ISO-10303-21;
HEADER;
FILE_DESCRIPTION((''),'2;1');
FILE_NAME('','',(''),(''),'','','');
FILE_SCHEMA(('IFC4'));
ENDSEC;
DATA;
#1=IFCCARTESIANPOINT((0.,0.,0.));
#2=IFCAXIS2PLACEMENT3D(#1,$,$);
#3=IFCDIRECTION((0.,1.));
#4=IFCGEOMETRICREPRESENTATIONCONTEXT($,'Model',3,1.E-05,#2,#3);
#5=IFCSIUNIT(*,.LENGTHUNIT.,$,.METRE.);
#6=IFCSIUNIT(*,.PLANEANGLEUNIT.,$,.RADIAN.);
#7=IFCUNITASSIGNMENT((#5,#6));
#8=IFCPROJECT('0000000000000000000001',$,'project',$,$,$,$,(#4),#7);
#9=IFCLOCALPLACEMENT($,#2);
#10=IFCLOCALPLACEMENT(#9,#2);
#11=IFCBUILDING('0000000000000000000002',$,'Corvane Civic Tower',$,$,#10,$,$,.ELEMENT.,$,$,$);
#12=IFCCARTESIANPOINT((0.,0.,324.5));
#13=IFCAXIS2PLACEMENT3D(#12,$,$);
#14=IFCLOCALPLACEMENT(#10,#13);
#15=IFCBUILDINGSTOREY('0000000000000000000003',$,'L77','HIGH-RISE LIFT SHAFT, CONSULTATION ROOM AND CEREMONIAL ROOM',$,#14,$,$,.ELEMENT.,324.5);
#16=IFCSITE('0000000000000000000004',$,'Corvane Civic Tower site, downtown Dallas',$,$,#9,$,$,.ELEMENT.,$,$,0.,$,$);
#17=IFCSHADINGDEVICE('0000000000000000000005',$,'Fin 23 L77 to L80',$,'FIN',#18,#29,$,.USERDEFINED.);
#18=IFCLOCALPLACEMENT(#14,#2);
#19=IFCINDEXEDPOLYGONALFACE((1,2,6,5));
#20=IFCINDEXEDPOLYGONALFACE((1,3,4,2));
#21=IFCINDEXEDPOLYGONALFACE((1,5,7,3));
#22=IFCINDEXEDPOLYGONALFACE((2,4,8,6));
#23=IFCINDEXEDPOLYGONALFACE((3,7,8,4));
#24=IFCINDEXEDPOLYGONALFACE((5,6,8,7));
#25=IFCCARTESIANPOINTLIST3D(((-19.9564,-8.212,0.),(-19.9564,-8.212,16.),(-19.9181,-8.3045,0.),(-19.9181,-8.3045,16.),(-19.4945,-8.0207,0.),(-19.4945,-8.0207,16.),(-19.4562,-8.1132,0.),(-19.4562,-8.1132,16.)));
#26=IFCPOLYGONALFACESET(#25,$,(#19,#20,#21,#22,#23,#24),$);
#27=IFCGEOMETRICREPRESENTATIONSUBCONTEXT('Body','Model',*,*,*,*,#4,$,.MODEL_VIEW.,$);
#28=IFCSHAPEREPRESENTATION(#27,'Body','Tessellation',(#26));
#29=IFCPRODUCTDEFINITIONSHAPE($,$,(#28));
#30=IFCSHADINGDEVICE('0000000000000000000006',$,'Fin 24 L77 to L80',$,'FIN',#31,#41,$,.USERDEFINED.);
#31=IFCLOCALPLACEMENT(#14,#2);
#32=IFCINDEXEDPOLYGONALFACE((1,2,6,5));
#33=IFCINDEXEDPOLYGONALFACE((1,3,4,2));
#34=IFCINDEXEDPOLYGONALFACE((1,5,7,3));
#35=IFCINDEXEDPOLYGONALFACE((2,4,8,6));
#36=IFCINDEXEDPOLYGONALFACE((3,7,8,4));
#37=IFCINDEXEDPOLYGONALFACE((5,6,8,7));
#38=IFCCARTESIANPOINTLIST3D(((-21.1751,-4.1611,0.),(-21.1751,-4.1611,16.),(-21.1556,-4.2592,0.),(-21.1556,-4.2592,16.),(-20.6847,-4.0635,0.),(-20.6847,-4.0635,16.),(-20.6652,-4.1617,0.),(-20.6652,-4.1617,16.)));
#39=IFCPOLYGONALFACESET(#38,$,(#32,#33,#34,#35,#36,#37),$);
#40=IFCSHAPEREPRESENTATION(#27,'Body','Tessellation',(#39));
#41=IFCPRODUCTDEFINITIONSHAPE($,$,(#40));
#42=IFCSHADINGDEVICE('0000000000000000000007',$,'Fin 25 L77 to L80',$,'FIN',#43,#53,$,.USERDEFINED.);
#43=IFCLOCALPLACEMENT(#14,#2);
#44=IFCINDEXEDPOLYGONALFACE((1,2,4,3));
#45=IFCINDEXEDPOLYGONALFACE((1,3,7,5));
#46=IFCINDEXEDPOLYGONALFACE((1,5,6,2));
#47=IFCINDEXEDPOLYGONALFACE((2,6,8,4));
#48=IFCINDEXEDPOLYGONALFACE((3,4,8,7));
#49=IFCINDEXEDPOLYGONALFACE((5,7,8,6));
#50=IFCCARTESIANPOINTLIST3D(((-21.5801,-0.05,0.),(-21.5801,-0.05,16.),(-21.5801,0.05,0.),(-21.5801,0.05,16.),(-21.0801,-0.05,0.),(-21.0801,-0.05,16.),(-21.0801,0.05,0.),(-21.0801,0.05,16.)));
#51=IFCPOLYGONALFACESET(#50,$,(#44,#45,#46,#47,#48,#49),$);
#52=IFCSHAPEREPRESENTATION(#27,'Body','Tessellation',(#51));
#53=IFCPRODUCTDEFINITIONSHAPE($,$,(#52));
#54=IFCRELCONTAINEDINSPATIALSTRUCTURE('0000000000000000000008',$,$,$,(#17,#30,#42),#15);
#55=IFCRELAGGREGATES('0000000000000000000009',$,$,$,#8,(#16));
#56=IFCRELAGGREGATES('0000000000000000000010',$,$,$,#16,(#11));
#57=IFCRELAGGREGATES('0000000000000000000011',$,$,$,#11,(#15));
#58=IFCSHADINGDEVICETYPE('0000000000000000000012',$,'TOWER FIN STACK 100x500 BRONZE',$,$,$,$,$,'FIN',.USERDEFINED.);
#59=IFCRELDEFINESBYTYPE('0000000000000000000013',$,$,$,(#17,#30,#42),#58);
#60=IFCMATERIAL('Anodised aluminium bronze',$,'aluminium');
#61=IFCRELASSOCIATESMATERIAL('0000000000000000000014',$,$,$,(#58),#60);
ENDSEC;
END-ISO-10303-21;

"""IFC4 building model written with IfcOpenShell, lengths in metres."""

from ifc_helpers import new_model, si_unit, direction, frame, origin, origin_2d, place, context, subcontext, project, spatial, rectangle, extrude, material, material_profile, profile_set, type_object, element, save


model = new_model("IFC4")

# Units and contexts
model_context = context("Model", 3, precision=1e-05, world=origin(), true_north=direction((0.0, 1.0)))
body_context = subcontext(model_context, "Body", "Model", "MODEL_VIEW")
ifc_project = project(units=[si_unit("LENGTHUNIT", "METRE"), si_unit("PLANEANGLEUNIT", "RADIAN")], contexts=[model_context])

# Site, building, storey
site_placement = place(None, origin())
site = spatial("IfcSite", under=ifc_project, at=site_placement, Name="Corvane Civic Tower site, downtown Dallas", CompositionType="ELEMENT", RefElevation=0.0)
building_placement = place(site_placement, origin())
building = spatial("IfcBuilding", under=site, at=building_placement, Name="Corvane Civic Tower", CompositionType="ELEMENT")
storey_placement = place(building_placement, frame((0.0, 0.0, 324.5)))
storey = spatial("IfcBuildingStorey", under=building, at=storey_placement, Name="L77", Description="HIGH-RISE LIFT SHAFT, CONSULTATION ROOM AND CEREMONIAL ROOM", CompositionType="ELEMENT", Elevation=324.5)

# Shading devices
ifc_material_1 = material(Name="Anodised aluminium bronze", Category="aluminium")
ifc_material_profile_1 = material_profile(ifc_material_1, rectangle(XDim=0.1001, YDim=0.5, at=origin_2d()), Name="TOWER FIN STACK 100x500 BRONZE")
ifc_profile_set_1 = profile_set([ifc_material_profile_1], Name="Anodised aluminium bronze")
shading_device_type = type_object("IfcShadingDeviceType", Name="TOWER FIN STACK 100x500 BRONZE", ElementType="FIN", PredefinedType="USERDEFINED", material=ifc_profile_set_1)
for number, where, z_axis, x_axis, name in (
    (1, (-19.7063, -8.1626, 0.0), (0.0, 0.0, 1.0), (-0.382683, 0.92388, 0.0), "Fin 23 L77 to L80"),
    (2, (-20.9202, -4.1614, 0.0), (0.0, 0.0, 1.0), (-0.19509, 0.980785, 0.0), "Fin 24 L77 to L80"),
    (3, (-21.3301, 0.0, 0.0), (0.0, 0.0, 1.0), (0.0, 1.0, 0.0), "Fin 25 L77 to L80"),
):
    element("IfcShadingDevice", number, at=place(storey_placement, frame(where, z_axis=z_axis, x_axis=x_axis)), inside=storey, type_object=shading_device_type, Name=name, ObjectType="FIN", PredefinedType="USERDEFINED", context=body_context, shape_type="SweptSolid", body=[
        extrude(rectangle(XDim=0.1001, YDim=0.5, at=origin_2d()), origin(), (0.0, 0.0, 1.0), 16.0),
    ])

save(model, "model.ifc")
